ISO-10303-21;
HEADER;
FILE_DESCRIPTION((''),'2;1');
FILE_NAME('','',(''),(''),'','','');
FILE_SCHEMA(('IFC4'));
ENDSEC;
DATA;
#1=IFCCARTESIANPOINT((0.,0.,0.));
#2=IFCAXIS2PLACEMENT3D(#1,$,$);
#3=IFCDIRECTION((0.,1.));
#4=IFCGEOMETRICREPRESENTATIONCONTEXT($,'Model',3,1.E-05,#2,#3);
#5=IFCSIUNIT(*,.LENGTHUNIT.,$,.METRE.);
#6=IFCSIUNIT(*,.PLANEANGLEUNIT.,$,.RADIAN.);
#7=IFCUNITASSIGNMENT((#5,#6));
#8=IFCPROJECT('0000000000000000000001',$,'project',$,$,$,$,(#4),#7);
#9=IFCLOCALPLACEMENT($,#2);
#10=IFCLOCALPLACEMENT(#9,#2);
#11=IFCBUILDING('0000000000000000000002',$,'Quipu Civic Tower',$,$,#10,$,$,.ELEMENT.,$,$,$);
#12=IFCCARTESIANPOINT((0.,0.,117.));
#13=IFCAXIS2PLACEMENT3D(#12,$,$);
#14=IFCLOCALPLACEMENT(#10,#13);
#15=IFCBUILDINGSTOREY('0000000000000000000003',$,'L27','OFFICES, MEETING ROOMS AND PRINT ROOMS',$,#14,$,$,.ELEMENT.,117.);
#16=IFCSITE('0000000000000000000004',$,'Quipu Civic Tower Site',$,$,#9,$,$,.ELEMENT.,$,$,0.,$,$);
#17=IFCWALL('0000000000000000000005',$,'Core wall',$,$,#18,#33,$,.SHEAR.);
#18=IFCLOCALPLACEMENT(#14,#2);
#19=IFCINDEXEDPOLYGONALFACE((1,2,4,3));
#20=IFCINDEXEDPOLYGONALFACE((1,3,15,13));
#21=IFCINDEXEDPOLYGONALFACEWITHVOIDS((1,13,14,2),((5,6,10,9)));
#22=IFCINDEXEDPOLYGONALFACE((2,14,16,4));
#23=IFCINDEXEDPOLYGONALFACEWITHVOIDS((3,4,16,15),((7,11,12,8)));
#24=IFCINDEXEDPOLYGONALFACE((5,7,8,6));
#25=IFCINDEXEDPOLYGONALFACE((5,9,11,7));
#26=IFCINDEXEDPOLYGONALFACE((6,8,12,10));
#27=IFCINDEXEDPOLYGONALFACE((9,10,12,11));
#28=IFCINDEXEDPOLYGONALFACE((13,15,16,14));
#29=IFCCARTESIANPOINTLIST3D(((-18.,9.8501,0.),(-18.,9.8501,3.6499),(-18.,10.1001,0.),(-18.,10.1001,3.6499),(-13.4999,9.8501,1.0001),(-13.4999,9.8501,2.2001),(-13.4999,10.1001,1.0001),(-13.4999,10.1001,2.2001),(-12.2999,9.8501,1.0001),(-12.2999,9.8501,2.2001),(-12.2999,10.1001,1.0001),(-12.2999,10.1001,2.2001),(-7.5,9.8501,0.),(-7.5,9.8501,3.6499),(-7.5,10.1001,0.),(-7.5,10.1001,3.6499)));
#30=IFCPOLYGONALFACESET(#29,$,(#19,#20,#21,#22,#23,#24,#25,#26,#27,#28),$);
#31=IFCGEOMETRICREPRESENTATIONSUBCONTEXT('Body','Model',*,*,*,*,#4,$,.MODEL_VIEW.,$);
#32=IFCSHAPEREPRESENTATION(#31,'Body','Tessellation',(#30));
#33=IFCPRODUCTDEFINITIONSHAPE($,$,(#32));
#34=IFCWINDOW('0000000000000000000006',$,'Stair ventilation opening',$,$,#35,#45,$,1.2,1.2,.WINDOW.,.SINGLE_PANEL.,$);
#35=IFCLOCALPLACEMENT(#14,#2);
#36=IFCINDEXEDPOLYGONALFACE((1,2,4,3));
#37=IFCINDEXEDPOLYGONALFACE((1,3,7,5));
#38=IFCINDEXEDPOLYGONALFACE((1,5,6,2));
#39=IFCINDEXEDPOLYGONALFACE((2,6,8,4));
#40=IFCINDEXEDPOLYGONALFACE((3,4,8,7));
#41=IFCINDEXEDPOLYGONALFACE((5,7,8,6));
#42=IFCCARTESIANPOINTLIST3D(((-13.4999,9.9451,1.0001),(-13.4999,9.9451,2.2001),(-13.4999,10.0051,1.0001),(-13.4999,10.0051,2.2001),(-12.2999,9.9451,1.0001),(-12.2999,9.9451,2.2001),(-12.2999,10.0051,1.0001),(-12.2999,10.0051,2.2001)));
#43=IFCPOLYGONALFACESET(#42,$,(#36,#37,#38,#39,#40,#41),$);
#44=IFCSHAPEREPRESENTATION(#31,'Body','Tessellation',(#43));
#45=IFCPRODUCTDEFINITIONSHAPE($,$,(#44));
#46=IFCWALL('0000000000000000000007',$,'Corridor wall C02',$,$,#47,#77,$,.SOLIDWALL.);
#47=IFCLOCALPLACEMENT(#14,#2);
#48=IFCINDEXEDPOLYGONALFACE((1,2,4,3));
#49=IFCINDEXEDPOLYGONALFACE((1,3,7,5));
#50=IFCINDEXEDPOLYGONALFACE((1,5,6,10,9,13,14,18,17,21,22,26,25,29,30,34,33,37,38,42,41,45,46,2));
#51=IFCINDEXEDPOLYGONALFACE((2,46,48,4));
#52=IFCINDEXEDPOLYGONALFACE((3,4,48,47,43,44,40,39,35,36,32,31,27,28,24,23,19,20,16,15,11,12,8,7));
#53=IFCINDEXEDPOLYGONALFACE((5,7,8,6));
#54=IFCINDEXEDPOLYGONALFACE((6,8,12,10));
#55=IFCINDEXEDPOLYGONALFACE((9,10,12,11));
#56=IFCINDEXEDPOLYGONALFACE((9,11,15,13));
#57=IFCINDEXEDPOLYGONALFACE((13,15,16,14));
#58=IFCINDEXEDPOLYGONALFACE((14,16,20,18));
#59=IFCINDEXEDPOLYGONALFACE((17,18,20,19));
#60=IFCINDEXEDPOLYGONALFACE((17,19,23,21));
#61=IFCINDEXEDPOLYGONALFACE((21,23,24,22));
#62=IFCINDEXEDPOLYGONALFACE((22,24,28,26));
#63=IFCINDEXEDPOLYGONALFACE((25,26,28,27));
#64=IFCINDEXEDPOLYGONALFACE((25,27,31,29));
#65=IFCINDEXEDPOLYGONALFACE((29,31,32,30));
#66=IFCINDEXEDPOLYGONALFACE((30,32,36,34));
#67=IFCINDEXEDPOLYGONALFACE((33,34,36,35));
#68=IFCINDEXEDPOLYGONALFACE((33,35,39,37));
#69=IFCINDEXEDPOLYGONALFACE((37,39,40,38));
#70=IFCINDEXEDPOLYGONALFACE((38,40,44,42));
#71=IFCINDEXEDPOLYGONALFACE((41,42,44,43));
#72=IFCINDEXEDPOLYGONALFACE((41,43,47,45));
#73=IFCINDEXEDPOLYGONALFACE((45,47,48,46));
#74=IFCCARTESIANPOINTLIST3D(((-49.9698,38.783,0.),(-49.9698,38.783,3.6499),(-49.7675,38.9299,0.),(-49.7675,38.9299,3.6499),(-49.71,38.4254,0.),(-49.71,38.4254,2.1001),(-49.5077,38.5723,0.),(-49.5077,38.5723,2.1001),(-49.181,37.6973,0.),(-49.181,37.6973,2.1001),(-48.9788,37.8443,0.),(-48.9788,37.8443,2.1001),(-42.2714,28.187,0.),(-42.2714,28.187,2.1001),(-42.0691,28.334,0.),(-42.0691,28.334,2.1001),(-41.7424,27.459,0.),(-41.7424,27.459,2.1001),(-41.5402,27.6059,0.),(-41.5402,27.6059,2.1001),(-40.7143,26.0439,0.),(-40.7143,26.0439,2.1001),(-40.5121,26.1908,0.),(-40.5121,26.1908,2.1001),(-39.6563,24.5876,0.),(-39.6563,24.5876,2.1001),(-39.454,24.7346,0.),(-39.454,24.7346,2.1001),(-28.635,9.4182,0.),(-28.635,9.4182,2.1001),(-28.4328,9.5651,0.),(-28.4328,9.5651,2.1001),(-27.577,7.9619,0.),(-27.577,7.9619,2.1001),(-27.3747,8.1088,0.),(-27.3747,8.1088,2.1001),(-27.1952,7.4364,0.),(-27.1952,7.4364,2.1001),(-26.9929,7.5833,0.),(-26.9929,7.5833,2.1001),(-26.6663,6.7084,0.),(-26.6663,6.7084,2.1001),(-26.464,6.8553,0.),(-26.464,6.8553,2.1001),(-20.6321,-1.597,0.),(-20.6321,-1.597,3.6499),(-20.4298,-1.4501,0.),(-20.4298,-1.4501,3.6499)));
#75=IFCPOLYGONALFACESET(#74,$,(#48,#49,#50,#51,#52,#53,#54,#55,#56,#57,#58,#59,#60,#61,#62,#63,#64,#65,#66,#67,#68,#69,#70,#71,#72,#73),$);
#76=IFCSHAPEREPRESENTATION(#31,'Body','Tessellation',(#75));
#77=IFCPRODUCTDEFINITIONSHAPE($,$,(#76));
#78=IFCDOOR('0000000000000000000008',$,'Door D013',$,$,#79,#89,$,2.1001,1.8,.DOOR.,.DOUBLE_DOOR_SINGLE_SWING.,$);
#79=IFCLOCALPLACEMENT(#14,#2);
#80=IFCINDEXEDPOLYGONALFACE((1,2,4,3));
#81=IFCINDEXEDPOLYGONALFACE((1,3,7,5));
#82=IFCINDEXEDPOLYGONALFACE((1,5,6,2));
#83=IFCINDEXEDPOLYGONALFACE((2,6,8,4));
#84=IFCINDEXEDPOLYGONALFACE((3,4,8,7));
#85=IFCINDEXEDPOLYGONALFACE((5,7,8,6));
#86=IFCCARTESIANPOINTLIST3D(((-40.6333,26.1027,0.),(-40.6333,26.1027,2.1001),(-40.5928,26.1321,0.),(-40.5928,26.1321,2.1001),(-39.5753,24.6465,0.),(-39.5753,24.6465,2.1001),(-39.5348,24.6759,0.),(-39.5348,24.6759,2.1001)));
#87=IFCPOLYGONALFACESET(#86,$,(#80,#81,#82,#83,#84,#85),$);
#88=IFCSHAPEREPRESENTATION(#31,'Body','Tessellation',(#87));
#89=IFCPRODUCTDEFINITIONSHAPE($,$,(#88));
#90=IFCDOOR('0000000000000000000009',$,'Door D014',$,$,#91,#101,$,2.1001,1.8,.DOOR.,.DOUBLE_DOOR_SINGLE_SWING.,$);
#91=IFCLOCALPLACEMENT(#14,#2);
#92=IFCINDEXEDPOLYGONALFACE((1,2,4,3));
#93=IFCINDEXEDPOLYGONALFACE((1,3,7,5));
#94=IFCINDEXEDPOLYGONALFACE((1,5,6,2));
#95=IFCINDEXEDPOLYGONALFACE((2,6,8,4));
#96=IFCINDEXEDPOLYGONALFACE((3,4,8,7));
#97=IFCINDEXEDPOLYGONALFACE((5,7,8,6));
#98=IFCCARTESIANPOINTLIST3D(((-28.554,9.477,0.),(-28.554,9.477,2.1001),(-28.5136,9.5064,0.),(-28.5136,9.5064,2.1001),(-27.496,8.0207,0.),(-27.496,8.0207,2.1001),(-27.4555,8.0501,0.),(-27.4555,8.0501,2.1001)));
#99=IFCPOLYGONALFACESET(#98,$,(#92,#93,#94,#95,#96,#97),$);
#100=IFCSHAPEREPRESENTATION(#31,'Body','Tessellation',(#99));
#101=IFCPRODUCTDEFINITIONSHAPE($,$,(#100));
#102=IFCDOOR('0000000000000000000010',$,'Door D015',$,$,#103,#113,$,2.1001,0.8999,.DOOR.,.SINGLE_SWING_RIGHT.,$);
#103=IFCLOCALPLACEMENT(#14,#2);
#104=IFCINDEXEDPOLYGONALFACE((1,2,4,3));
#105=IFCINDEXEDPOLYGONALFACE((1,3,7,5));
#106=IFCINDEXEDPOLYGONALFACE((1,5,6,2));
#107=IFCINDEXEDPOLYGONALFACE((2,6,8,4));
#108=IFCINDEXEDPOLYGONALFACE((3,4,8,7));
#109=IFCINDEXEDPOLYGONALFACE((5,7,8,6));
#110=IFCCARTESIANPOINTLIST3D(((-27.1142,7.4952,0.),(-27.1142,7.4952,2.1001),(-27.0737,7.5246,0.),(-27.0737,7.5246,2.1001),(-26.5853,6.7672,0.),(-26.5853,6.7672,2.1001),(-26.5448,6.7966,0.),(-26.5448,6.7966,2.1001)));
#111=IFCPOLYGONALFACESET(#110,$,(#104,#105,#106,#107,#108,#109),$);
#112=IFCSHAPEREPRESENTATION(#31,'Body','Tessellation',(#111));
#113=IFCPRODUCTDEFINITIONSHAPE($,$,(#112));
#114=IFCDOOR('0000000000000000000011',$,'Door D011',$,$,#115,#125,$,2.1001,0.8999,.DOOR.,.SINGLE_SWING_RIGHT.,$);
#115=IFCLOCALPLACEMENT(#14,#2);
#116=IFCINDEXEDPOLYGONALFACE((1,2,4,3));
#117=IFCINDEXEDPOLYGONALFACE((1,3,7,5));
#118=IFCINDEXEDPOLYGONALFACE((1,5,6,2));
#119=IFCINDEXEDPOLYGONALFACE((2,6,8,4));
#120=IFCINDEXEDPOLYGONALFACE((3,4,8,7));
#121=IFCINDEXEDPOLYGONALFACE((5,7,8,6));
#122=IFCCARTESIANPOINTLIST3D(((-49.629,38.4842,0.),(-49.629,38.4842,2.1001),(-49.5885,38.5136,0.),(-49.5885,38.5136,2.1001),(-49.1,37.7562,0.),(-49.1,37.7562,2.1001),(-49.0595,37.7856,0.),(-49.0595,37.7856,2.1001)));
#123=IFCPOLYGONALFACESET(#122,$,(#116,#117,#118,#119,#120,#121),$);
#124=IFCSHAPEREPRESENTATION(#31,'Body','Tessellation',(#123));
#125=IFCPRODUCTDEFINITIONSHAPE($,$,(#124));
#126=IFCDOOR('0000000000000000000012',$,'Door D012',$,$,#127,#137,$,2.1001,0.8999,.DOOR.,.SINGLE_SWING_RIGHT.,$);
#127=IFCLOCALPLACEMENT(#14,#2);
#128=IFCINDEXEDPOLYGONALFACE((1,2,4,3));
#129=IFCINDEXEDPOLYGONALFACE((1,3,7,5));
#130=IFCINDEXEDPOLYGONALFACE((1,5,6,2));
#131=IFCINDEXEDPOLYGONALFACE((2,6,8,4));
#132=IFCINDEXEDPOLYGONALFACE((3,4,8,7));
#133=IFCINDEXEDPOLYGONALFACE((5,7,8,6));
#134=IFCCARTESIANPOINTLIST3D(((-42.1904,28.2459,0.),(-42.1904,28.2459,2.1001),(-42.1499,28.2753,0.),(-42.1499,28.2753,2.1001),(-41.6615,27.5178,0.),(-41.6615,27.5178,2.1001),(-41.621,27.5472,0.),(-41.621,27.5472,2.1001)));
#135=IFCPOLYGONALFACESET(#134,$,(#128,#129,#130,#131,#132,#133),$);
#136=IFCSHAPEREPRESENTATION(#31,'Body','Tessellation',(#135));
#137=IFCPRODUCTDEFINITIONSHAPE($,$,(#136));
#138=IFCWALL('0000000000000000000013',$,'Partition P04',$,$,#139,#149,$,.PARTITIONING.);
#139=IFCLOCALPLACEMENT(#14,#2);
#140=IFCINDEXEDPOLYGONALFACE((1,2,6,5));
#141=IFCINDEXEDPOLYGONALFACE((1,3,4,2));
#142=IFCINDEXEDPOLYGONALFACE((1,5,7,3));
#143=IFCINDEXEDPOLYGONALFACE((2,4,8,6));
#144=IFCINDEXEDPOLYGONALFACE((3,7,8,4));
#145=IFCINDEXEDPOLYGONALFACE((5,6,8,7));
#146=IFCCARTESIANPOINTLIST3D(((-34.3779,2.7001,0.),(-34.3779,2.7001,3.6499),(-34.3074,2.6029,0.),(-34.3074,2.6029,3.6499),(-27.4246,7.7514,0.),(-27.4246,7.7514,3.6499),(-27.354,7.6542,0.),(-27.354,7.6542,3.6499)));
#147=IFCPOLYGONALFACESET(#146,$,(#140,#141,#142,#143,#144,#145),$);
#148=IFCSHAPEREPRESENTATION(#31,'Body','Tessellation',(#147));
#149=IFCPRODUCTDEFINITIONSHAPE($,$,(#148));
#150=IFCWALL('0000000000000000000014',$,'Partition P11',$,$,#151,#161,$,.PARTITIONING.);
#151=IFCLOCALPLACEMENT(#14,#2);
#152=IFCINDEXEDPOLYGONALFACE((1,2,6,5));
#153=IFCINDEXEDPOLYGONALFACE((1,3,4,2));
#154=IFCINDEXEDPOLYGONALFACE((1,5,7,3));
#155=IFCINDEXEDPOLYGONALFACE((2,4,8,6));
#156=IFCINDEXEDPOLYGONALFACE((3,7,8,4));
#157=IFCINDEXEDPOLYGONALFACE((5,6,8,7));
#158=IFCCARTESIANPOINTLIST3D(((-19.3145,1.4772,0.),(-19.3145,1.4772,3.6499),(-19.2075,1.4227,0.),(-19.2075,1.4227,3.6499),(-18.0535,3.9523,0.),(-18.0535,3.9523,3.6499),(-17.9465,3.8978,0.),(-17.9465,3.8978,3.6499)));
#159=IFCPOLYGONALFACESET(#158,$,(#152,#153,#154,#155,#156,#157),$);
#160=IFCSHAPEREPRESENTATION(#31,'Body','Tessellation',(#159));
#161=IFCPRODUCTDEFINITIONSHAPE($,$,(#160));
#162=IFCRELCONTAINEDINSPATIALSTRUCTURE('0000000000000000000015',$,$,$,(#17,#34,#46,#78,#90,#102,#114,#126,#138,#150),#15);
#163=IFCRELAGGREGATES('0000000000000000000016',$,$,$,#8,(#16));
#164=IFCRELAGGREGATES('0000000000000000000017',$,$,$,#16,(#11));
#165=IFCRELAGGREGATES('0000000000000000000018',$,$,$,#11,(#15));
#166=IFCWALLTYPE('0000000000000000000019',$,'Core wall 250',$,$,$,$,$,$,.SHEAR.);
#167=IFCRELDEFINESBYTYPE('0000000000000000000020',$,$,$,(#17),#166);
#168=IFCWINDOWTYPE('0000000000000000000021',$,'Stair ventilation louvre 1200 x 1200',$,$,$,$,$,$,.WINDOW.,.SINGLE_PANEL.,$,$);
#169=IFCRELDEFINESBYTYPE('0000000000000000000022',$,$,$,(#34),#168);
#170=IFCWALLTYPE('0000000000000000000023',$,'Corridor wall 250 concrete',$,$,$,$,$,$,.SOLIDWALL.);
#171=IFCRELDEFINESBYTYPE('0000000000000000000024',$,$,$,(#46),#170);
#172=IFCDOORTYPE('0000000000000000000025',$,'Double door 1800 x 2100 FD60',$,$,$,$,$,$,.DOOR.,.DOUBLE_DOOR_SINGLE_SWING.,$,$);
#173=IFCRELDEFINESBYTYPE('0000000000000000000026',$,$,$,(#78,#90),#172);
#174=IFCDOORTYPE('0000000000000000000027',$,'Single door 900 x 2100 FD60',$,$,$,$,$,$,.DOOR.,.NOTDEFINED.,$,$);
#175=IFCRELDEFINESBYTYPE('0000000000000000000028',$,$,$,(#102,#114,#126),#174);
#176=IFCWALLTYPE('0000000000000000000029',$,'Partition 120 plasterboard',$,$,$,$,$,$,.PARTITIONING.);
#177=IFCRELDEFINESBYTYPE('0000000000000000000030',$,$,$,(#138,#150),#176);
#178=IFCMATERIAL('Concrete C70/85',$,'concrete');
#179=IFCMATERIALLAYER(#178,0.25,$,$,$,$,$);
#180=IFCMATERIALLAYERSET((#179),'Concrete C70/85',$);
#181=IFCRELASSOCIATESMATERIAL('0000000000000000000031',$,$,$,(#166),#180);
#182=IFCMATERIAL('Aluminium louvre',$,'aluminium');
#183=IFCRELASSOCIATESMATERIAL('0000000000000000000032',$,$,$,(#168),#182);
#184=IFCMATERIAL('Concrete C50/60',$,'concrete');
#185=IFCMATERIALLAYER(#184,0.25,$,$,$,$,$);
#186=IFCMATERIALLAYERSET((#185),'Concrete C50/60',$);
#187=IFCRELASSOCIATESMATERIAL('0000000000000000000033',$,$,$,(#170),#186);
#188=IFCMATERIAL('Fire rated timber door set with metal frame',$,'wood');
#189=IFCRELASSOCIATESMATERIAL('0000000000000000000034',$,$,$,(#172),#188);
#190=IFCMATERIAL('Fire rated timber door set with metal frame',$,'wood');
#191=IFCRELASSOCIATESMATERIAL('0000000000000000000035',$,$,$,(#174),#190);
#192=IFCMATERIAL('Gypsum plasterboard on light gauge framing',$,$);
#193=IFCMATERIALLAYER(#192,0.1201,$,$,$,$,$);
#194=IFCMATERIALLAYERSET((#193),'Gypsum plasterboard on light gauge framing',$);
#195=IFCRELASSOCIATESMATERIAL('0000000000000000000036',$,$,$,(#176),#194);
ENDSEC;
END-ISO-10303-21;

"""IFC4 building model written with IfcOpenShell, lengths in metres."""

from ifc_helpers import new_model, si_unit, direction, frame, frame_2d, origin, place, context, subcontext, project, spatial, rectangle, extrude, material, layer, layer_set, type_object, element, fill, save


model = new_model("IFC4")

# Units and contexts
model_context = context("Model", 3, precision=1e-05, world=origin(), true_north=direction((0.0, 1.0)))
body_context = subcontext(model_context, "Body", "Model", "MODEL_VIEW")
ifc_project = project(units=[si_unit("LENGTHUNIT", "METRE"), si_unit("PLANEANGLEUNIT", "RADIAN")], contexts=[model_context])

# Site, building, storey
site_placement = place(None, origin())
site = spatial("IfcSite", under=ifc_project, at=site_placement, Name="Quipu Civic Tower Site", CompositionType="ELEMENT", RefElevation=0.0)
building_placement = place(site_placement, origin())
building = spatial("IfcBuilding", under=site, at=building_placement, Name="Quipu Civic Tower", CompositionType="ELEMENT")
storey_placement = place(building_placement, frame((0.0, 0.0, 117.0)))
storey = spatial("IfcBuildingStorey", under=building, at=storey_placement, Name="L27", Description="OFFICES, MEETING ROOMS AND PRINT ROOMS", CompositionType="ELEMENT", Elevation=117.0)

# Shared definitions
ifc_material_1 = material(Name="Concrete C70/85", Category="concrete")
ifc_layer_1 = layer(ifc_material_1, 0.25)
ifc_layer_set_1 = layer_set([ifc_layer_1], Name="Concrete C70/85")
wall_type_1 = type_object("IfcWallType", Name="Core wall 250", PredefinedType="SHEAR", material=ifc_layer_set_1)

# Wall, opening, window
wall_1_placement = place(storey_placement, frame((-18.0, 9.9751, 0.0), z_axis=(0.0, 0.0, 1.0), x_axis=(1.0, 0.0, 0.0)))
wall_1 = element("IfcWall", 1, at=wall_1_placement, inside=storey, type_object=wall_type_1, Name="Core wall", PredefinedType="SHEAR", context=body_context, shape_type="SweptSolid", body=[
    extrude(rectangle(XDim=10.5, YDim=0.25, at=frame_2d((5.25, 0.0))), origin(), (0.0, 0.0, 1.0), 3.6499),
])
opening_1_placement = place(wall_1_placement, frame((4.5, 0.0, 1.0)))
opening_1 = element("IfcOpeningElement", 2, at=opening_1_placement, cuts=wall_1, PredefinedType="OPENING", context=body_context, shape_type="SweptSolid", body=[
    extrude(rectangle(XDim=1.2, YDim=1.2, at=frame_2d((0.6001, 0.6001))), frame((0.0, 0.135, 0.0), z_axis=(0.0, -1.0, 0.0), x_axis=(1.0, 0.0, 0.0)), (0.0, 0.0, 1.0), 0.27),
])
ifc_material_2 = material(Name="Aluminium louvre", Category="aluminium")
window_type = type_object("IfcWindowType", Name="Stair ventilation louvre 1200 x 1200", PartitioningType="SINGLE_PANEL", PredefinedType="WINDOW", material=ifc_material_2)
window_placement = place(opening_1_placement, origin())
window = element("IfcWindow", 3, at=window_placement, inside=storey, type_object=window_type, Name="Stair ventilation opening", OverallHeight=1.2, OverallWidth=1.2, PartitioningType="SINGLE_PANEL", PredefinedType="WINDOW", context=body_context, shape_type="SweptSolid", body=[
    extrude(rectangle(XDim=1.2, YDim=1.2, at=frame_2d((0.6001, 0.6001))), frame((0.0, 0.03, 0.0), z_axis=(0.0, -1.0, 0.0), x_axis=(1.0, 0.0, 0.0)), (0.0, 0.0, 1.0), 0.0601),
])
fill(opening_1, window)

# Wall, openings, doors
ifc_material_3 = material(Name="Concrete C50/60", Category="concrete")
ifc_layer_2 = layer(ifc_material_3, 0.25)
ifc_layer_set_2 = layer_set([ifc_layer_2], Name="Concrete C50/60")
wall_type_2 = type_object("IfcWallType", Name="Corridor wall 250 concrete", PredefinedType="SOLIDWALL", material=ifc_layer_set_2)
wall_2_placement = place(storey_placement, frame((-20.531, -1.5234, 0.0), z_axis=(0.0, 0.0, 1.0), x_axis=(-0.587785, 0.809018, 0.0)))
wall_2 = element("IfcWall", 4, at=wall_2_placement, inside=storey, type_object=wall_type_2, Name="Corridor wall C02", PredefinedType="SOLIDWALL", context=body_context, shape_type="SweptSolid", body=[
    extrude(rectangle(XDim=49.9124, YDim=0.25, at=frame_2d((24.9561, 0.0))), origin(), (0.0, 0.0, 1.0), 3.6499),
])
opening_2_placement = place(wall_2_placement, frame((10.2659, 0.0, 0.0)))
opening_2 = element("IfcOpeningElement", 5, at=opening_2_placement, cuts=wall_2, PredefinedType="OPENING", context=body_context, shape_type="SweptSolid", body=[
    extrude(rectangle(XDim=0.8999, YDim=2.1001, at=frame_2d((0.45, 1.05))), frame((0.0, 0.135, 0.0), z_axis=(0.0, -1.0, 0.0), x_axis=(1.0, 0.0, 0.0)), (0.0, 0.0, 1.0), 0.27),
])
opening_3_placement = place(wall_2_placement, frame((32.366, 0.0, 0.0)))
opening_3 = element("IfcOpeningElement", 6, at=opening_3_placement, cuts=wall_2, PredefinedType="OPENING", context=body_context, shape_type="SweptSolid", body=[
    extrude(rectangle(XDim=1.8, YDim=2.1001, at=frame_2d((0.8999, 1.05))), frame((0.0, 0.135, 0.0), z_axis=(0.0, -1.0, 0.0), x_axis=(1.0, 0.0, 0.0)), (0.0, 0.0, 1.0), 0.27),
])
opening_4_placement = place(wall_2_placement, frame((11.8154, 0.0, 0.0)))
opening_4 = element("IfcOpeningElement", 7, at=opening_4_placement, cuts=wall_2, PredefinedType="OPENING", context=body_context, shape_type="SweptSolid", body=[
    extrude(rectangle(XDim=1.8, YDim=2.1001, at=frame_2d((0.8999, 1.05))), frame((0.0, 0.135, 0.0), z_axis=(0.0, -1.0, 0.0), x_axis=(1.0, 0.0, 0.0)), (0.0, 0.0, 1.0), 0.27),
])
opening_5_placement = place(wall_2_placement, frame((48.5703, 0.0, 0.0)))
opening_5 = element("IfcOpeningElement", 8, at=opening_5_placement, cuts=wall_2, PredefinedType="OPENING", context=body_context, shape_type="SweptSolid", body=[
    extrude(rectangle(XDim=0.8999, YDim=2.1001, at=frame_2d((0.45, 1.05))), frame((0.0, 0.135, 0.0), z_axis=(0.0, -1.0, 0.0), x_axis=(1.0, 0.0, 0.0)), (0.0, 0.0, 1.0), 0.27),
])
opening_6_placement = place(wall_2_placement, frame((35.915, 0.0, 0.0)))
opening_6 = element("IfcOpeningElement", 9, at=opening_6_placement, cuts=wall_2, PredefinedType="OPENING", context=body_context, shape_type="SweptSolid", body=[
    extrude(rectangle(XDim=0.8999, YDim=2.1001, at=frame_2d((0.45, 1.05))), frame((0.0, 0.135, 0.0), z_axis=(0.0, -1.0, 0.0), x_axis=(1.0, 0.0, 0.0)), (0.0, 0.0, 1.0), 0.27),
])
ifc_material_4 = material(Name="Fire rated timber door set with metal frame", Category="wood")
door_type_1 = type_object("IfcDoorType", Name="Double door 1800 x 2100 FD60", OperationType="DOUBLE_DOOR_SINGLE_SWING", PredefinedType="DOOR", material=ifc_material_4)
door_1_placement = place(opening_3_placement, origin())
door_1 = element("IfcDoor", 10, at=door_1_placement, inside=storey, type_object=door_type_1, Name="Door D013", OperationType="DOUBLE_DOOR_SINGLE_SWING", OverallHeight=2.1001, OverallWidth=1.8, PredefinedType="DOOR", context=body_context, shape_type="SweptSolid", body=[
    extrude(rectangle(XDim=1.8, YDim=2.1001, at=frame_2d((0.8999, 1.05))), frame((0.0, 0.0249, 0.0), z_axis=(0.0, -1.0, 0.0), x_axis=(1.0, 0.0, 0.0)), (0.0, 0.0, 1.0), 0.05),
])
fill(opening_3, door_1)
door_2_placement = place(opening_4_placement, origin())
door_2 = element("IfcDoor", 11, at=door_2_placement, inside=storey, type_object=door_type_1, Name="Door D014", OperationType="DOUBLE_DOOR_SINGLE_SWING", OverallHeight=2.1001, OverallWidth=1.8, PredefinedType="DOOR", context=body_context, shape_type="SweptSolid", body=[
    extrude(rectangle(XDim=1.8, YDim=2.1001, at=frame_2d((0.8999, 1.05))), frame((0.0, 0.0249, 0.0), z_axis=(0.0, -1.0, 0.0), x_axis=(1.0, 0.0, 0.0)), (0.0, 0.0, 1.0), 0.05),
])
fill(opening_4, door_2)
ifc_material_5 = material(Name="Fire rated timber door set with metal frame", Category="wood")
door_type_2 = type_object("IfcDoorType", Name="Single door 900 x 2100 FD60", OperationType="NOTDEFINED", PredefinedType="DOOR", material=ifc_material_5)
door_3_placement = place(opening_2_placement, origin())
door_3 = element("IfcDoor", 12, at=door_3_placement, inside=storey, type_object=door_type_2, Name="Door D015", OperationType="SINGLE_SWING_RIGHT", OverallHeight=2.1001, OverallWidth=0.8999, PredefinedType="DOOR", context=body_context, shape_type="SweptSolid", body=[
    extrude(rectangle(XDim=0.8999, YDim=2.1001, at=frame_2d((0.45, 1.05))), frame((0.0, 0.0249, 0.0), z_axis=(0.0, -1.0, 0.0), x_axis=(1.0, 0.0, 0.0)), (0.0, 0.0, 1.0), 0.05),
])
fill(opening_2, door_3)
door_4_placement = place(opening_5_placement, origin())
door_4 = element("IfcDoor", 13, at=door_4_placement, inside=storey, type_object=door_type_2, Name="Door D011", OperationType="SINGLE_SWING_RIGHT", OverallHeight=2.1001, OverallWidth=0.8999, PredefinedType="DOOR", context=body_context, shape_type="SweptSolid", body=[
    extrude(rectangle(XDim=0.8999, YDim=2.1001, at=frame_2d((0.45, 1.05))), frame((0.0, 0.0249, 0.0), z_axis=(0.0, -1.0, 0.0), x_axis=(1.0, 0.0, 0.0)), (0.0, 0.0, 1.0), 0.05),
])
fill(opening_5, door_4)
door_5_placement = place(opening_6_placement, origin())
door_5 = element("IfcDoor", 14, at=door_5_placement, inside=storey, type_object=door_type_2, Name="Door D012", OperationType="SINGLE_SWING_RIGHT", OverallHeight=2.1001, OverallWidth=0.8999, PredefinedType="DOOR", context=body_context, shape_type="SweptSolid", body=[
    extrude(rectangle(XDim=0.8999, YDim=2.1001, at=frame_2d((0.45, 1.05))), frame((0.0, 0.0249, 0.0), z_axis=(0.0, -1.0, 0.0), x_axis=(1.0, 0.0, 0.0)), (0.0, 0.0, 1.0), 0.05),
])
fill(opening_6, door_5)

# Walls
ifc_material_6 = material(Name="Gypsum plasterboard on light gauge framing")
ifc_layer_3 = layer(ifc_material_6, 0.1201)
ifc_layer_set_3 = layer_set([ifc_layer_3], Name="Gypsum plasterboard on light gauge framing")
wall_type_3 = type_object("IfcWallType", Name="Partition 120 plasterboard", PredefinedType="PARTITIONING", material=ifc_layer_set_3)
wall_3_placement = place(storey_placement, frame((-27.3892, 7.7029, 0.0), z_axis=(0.0, 0.0, 1.0), x_axis=(-0.809053, -0.587736, 0.0)))
element("IfcWall", 15, at=wall_3_placement, inside=storey, type_object=wall_type_3, Name="Partition P04", PredefinedType="PARTITIONING", context=body_context, shape_type="SweptSolid", body=[
    extrude(rectangle(XDim=8.5945, YDim=0.1201, at=frame_2d((4.2974, 0.0))), origin(), (0.0, 0.0, 1.0), 3.6499),
])
wall_4_placement = place(storey_placement, frame((-19.261, 1.45, 0.0), z_axis=(0.0, 0.0, 1.0), x_axis=(0.453951, 0.891027, 0.0)))
element("IfcWall", 16, at=wall_4_placement, inside=storey, type_object=wall_type_3, Name="Partition P11", PredefinedType="PARTITIONING", context=body_context, shape_type="SweptSolid", body=[
    extrude(rectangle(XDim=2.7778, YDim=0.1201, at=frame_2d((1.3889, 0.0))), origin(), (0.0, 0.0, 1.0), 3.6499),
])

save(model, "model.ifc")
